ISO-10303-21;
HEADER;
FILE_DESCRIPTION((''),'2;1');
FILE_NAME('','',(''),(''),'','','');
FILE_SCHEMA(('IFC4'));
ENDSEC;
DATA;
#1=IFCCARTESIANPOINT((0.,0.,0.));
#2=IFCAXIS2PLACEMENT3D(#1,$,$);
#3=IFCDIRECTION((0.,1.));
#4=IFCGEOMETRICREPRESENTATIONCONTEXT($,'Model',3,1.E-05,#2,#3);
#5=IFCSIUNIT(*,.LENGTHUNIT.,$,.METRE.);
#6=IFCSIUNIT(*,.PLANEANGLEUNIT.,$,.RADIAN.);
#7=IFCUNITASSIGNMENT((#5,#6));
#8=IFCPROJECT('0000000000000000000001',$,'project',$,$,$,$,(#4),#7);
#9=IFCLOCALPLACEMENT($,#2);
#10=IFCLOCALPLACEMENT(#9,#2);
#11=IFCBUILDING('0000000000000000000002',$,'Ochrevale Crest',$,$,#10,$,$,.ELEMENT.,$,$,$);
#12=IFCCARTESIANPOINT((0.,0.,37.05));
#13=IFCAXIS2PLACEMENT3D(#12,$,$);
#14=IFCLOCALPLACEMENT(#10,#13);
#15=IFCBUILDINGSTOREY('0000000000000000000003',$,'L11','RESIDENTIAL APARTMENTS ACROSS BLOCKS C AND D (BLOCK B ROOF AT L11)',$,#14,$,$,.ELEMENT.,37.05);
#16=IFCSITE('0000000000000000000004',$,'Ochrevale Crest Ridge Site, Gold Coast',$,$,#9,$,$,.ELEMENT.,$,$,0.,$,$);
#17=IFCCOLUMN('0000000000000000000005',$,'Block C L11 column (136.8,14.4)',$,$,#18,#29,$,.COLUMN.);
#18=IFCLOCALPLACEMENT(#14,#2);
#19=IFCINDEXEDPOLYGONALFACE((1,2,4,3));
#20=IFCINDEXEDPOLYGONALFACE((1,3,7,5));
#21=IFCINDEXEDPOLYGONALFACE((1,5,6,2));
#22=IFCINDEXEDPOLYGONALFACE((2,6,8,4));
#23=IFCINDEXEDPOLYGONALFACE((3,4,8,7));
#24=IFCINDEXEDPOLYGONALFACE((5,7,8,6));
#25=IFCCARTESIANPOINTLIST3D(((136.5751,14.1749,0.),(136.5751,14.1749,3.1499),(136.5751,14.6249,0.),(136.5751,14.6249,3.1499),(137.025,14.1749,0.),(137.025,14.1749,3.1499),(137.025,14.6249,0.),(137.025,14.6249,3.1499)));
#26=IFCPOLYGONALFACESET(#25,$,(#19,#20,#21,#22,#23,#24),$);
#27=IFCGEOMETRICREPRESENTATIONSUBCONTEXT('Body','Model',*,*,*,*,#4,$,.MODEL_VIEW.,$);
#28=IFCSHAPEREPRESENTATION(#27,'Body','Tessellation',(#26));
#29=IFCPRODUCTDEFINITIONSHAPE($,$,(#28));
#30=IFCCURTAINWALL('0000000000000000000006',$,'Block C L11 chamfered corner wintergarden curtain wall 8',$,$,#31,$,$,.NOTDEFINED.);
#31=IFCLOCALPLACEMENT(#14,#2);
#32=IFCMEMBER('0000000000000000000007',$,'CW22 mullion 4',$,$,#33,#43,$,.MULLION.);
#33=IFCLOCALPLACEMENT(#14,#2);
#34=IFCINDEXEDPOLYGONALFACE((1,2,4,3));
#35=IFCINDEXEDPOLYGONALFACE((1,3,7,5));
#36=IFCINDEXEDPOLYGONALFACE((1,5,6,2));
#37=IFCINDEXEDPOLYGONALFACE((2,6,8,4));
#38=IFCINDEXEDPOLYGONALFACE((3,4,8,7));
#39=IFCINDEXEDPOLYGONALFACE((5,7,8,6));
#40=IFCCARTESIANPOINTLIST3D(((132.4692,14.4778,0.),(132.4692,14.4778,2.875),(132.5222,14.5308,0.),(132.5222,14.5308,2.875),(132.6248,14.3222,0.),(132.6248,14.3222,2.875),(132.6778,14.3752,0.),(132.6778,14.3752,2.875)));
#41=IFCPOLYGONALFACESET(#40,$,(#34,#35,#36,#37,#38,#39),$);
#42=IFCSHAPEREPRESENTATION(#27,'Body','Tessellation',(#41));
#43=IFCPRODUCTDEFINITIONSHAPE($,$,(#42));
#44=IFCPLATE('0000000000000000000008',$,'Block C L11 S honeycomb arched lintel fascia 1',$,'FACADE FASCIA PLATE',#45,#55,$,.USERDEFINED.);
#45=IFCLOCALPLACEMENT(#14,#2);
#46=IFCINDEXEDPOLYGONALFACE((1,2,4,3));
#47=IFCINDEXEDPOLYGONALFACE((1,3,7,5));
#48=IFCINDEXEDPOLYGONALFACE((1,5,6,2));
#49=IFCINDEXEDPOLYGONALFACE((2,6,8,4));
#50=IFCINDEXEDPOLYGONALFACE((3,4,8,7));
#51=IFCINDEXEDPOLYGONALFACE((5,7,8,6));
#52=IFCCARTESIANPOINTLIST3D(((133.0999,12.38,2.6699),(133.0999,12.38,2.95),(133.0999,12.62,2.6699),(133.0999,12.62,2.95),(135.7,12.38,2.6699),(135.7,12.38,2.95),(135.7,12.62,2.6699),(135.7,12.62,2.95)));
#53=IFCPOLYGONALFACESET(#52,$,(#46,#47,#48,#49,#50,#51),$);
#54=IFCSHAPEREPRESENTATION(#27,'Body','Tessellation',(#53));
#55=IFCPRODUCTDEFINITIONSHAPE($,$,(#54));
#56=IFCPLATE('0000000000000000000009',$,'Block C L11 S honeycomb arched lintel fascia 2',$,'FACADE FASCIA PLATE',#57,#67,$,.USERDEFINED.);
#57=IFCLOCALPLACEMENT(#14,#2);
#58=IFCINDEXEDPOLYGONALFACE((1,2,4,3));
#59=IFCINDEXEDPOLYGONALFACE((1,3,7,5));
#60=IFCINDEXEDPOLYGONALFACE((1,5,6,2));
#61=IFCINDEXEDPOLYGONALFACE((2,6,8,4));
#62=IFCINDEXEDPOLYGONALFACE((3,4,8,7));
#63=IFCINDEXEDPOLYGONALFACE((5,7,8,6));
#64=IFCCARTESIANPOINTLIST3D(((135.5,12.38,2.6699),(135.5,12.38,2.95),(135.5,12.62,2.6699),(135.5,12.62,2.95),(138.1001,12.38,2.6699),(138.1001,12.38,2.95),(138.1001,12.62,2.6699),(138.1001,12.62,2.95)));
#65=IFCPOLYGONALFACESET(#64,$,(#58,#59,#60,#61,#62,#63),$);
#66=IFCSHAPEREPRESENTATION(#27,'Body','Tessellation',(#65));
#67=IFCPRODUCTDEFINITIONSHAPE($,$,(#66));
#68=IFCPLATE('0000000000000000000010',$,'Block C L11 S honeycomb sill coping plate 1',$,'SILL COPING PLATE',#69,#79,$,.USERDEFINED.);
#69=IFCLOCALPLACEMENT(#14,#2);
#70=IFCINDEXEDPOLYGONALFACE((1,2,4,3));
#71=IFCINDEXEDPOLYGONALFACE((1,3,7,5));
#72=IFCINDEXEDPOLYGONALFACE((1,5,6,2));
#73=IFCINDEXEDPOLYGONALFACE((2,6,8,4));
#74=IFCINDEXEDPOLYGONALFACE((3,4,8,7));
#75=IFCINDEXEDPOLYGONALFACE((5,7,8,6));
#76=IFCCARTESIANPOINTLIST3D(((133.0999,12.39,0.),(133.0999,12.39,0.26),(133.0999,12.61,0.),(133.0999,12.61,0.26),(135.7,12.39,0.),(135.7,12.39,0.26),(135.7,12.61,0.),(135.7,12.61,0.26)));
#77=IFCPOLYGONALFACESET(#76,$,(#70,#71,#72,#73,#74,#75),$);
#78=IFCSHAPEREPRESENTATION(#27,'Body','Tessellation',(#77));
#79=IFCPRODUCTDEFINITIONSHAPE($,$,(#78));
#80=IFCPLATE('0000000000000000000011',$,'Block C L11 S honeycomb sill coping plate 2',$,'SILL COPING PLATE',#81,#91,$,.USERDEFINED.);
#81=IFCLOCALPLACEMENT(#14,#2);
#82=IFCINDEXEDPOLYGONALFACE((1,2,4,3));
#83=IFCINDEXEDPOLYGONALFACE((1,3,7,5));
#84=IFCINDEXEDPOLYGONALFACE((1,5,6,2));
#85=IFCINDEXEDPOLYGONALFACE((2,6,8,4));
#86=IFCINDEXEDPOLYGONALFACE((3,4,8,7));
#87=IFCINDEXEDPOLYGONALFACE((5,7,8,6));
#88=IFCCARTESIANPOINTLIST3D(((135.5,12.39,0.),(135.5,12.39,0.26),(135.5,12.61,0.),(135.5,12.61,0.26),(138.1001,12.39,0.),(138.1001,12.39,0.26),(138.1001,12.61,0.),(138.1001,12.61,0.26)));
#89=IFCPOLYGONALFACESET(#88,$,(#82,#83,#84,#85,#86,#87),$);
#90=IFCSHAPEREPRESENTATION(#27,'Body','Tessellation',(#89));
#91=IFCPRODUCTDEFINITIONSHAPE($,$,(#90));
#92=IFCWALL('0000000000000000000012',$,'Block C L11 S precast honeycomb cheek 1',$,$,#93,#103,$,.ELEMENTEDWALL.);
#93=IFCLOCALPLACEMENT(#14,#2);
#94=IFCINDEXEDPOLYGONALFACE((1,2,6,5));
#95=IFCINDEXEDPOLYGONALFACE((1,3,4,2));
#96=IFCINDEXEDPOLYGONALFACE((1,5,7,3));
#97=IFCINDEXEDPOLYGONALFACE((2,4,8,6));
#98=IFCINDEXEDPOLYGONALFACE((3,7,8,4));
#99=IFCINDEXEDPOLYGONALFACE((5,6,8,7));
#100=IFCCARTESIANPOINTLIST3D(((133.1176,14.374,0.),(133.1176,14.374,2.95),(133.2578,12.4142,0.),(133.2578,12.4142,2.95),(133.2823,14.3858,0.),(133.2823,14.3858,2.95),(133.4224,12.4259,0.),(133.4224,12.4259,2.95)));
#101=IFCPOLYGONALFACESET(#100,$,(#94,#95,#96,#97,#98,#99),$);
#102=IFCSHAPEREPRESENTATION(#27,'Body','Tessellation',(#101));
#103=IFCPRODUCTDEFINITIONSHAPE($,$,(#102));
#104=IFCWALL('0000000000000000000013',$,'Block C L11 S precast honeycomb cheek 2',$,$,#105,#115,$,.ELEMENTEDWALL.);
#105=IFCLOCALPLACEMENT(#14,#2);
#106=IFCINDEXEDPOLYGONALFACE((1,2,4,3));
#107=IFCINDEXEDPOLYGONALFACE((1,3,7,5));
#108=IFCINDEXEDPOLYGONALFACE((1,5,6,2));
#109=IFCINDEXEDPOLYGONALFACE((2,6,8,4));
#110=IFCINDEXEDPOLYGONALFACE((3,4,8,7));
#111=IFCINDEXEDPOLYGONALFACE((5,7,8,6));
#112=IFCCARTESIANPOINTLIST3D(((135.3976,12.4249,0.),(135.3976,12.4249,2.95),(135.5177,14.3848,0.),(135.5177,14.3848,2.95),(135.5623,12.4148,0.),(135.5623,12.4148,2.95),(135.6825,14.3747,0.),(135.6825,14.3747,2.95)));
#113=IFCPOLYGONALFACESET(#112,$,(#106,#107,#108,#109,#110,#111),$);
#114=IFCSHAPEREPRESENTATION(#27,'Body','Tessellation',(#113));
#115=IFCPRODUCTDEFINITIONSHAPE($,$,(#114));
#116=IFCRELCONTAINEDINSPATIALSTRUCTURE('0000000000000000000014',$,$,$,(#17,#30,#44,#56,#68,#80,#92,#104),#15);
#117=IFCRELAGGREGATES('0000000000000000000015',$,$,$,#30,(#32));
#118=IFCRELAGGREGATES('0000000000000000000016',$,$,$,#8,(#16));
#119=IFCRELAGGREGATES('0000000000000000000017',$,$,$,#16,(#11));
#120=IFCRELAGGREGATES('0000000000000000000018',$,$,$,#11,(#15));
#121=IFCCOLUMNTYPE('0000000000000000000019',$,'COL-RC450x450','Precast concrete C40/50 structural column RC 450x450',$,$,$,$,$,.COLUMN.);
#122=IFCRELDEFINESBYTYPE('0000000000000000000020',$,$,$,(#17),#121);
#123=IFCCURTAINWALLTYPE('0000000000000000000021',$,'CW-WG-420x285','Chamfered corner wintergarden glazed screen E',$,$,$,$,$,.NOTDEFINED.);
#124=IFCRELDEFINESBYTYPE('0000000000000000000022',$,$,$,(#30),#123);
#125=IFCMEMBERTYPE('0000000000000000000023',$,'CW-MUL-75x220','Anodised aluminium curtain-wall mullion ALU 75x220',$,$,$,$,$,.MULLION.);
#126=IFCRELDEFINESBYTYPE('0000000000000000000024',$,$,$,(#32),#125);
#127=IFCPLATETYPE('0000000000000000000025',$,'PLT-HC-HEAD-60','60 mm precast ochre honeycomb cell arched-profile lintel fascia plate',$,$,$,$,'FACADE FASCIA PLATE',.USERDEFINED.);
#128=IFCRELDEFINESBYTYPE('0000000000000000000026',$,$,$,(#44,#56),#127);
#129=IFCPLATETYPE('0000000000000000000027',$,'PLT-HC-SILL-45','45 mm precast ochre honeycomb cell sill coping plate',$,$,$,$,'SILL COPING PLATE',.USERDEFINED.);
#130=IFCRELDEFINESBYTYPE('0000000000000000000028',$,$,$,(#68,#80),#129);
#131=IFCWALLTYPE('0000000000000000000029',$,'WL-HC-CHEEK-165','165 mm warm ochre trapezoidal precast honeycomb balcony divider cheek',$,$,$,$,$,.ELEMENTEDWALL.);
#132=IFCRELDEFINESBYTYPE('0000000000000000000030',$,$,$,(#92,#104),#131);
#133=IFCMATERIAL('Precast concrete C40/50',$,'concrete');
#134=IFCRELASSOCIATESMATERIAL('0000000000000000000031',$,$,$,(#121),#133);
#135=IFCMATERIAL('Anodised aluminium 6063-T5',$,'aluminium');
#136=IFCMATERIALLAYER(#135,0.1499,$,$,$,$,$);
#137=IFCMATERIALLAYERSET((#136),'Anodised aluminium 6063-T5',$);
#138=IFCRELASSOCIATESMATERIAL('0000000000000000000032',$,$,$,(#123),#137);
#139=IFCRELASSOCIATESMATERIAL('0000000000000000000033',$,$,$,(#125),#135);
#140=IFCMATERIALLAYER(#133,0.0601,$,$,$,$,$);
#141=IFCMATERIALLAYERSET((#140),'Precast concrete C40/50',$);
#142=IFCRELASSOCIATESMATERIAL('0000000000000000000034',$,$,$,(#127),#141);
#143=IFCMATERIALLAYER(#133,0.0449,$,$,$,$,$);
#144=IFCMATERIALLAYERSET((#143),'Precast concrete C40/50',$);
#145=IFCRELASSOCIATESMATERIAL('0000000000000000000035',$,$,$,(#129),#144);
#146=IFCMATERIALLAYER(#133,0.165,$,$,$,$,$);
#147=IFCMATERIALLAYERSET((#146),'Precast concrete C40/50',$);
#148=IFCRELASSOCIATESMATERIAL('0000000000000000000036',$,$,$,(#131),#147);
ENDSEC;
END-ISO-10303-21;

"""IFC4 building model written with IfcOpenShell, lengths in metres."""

from ifc_helpers import new_model, si_unit, direction, frame, frame_2d, origin, origin_2d, place, context, subcontext, project, spatial, rectangle, extrude, material, layer, layer_set, material_profile, profile_set, type_object, element, aggregate, save


model = new_model("IFC4")

# Units and contexts
model_context = context("Model", 3, precision=1e-05, world=origin(), true_north=direction((0.0, 1.0)))
body_context = subcontext(model_context, "Body", "Model", "MODEL_VIEW")
ifc_project = project(units=[si_unit("LENGTHUNIT", "METRE"), si_unit("PLANEANGLEUNIT", "RADIAN")], contexts=[model_context])

# Site, building, storey
site_placement = place(None, origin())
site = spatial("IfcSite", under=ifc_project, at=site_placement, Name="Ochrevale Crest Ridge Site, Gold Coast", CompositionType="ELEMENT", RefElevation=0.0)
building_placement = place(site_placement, origin())
building = spatial("IfcBuilding", under=site, at=building_placement, Name="Ochrevale Crest", CompositionType="ELEMENT")
storey_placement = place(building_placement, frame((0.0, 0.0, 37.05)))
storey = spatial("IfcBuildingStorey", under=building, at=storey_placement, Name="L11", Description="RESIDENTIAL APARTMENTS ACROSS BLOCKS C AND D (BLOCK B ROOF AT L11)", CompositionType="ELEMENT", Elevation=37.05)

# Column
ifc_material_1 = material(Name="Precast concrete C40/50", Category="concrete")
ifc_material_profile_1 = material_profile(ifc_material_1, rectangle(XDim=0.45, YDim=0.45, at=origin_2d()), Name="RC 450x450")
ifc_profile_set_1 = profile_set([ifc_material_profile_1], Name="Precast concrete C40/50")
column_type = type_object("IfcColumnType", Name="COL-RC450x450", Description="Precast concrete C40/50 structural column RC 450x450", PredefinedType="COLUMN", material=ifc_profile_set_1)
column_placement = place(storey_placement, frame((136.8, 14.3999, 0.0), z_axis=(0.0, 0.0, 1.0), x_axis=(1.0, 0.0, 0.0)))
element("IfcColumn", 1, at=column_placement, inside=storey, type_object=column_type, Name="Block C L11 column (136.8,14.4)", PredefinedType="COLUMN", context=body_context, shape_type="SweptSolid", body=[
    extrude(rectangle(XDim=0.45, YDim=0.45, at=origin_2d()), origin(), (0.0, 0.0, 1.0), 3.1499),
])

# Curtain wall, member
ifc_material_2 = material(Name="Anodised aluminium 6063-T5", Category="aluminium")
ifc_layer_1 = layer(ifc_material_2, 0.1499)
ifc_layer_set_1 = layer_set([ifc_layer_1], Name="Anodised aluminium 6063-T5")
curtain_wall_type = type_object("IfcCurtainWallType", Name="CW-WG-420x285", Description="Chamfered corner wintergarden glazed screen E", PredefinedType="NOTDEFINED", material=ifc_layer_set_1)
curtain_wall_placement = place(storey_placement, origin())
curtain_wall = element("IfcCurtainWall", 2, at=curtain_wall_placement, inside=storey, type_object=curtain_wall_type, Name="Block C L11 chamfered corner wintergarden curtain wall 8", PredefinedType="NOTDEFINED")
ifc_material_profile_2 = material_profile(ifc_material_2, rectangle(XDim=0.075, YDim=0.22, at=origin_2d()), Name="ALU 75x220")
ifc_profile_set_2 = profile_set([ifc_material_profile_2], Name="Anodised aluminium 6063-T5")
member_type = type_object("IfcMemberType", Name="CW-MUL-75x220", Description="Anodised aluminium curtain-wall mullion ALU 75x220", PredefinedType="MULLION", material=ifc_profile_set_2)
member_placement = place(storey_placement, frame((132.5735, 14.4265, 0.0), z_axis=(0.0, 0.0, 1.0), x_axis=(0.707107, 0.707107, 0.0)))
member = element("IfcMember", 3, at=member_placement, type_object=member_type, Name="CW22 mullion 4", PredefinedType="MULLION", context=body_context, shape_type="SweptSolid", body=[
    extrude(rectangle(XDim=0.075, YDim=0.22, at=origin_2d()), origin(), (0.0, 0.0, 1.0), 2.875),
])
aggregate(curtain_wall, [member])

# Plates
ifc_layer_2 = layer(ifc_material_1, 0.0601)
ifc_layer_set_2 = layer_set([ifc_layer_2], Name="Precast concrete C40/50")
plate_type_1 = type_object("IfcPlateType", Name="PLT-HC-HEAD-60", Description="60 mm precast ochre honeycomb cell arched-profile lintel fascia plate", ElementType="FACADE FASCIA PLATE", PredefinedType="USERDEFINED", material=ifc_layer_set_2)
for number, where, z_axis, x_axis, name in (
    (4, (134.3999, 12.5, 2.6699), (0.0, 0.0, 1.0), (1.0, 0.0, 0.0), "Block C L11 S honeycomb arched lintel fascia 1"),
    (5, (136.8, 12.5, 2.6699), (0.0, 0.0, 1.0), (1.0, 0.0, 0.0), "Block C L11 S honeycomb arched lintel fascia 2"),
):
    element("IfcPlate", number, at=place(storey_placement, frame(where, z_axis=z_axis, x_axis=x_axis)), inside=storey, type_object=plate_type_1, Name=name, ObjectType="FACADE FASCIA PLATE", PredefinedType="USERDEFINED", context=body_context, shape_type="SweptSolid", body=[
        extrude(rectangle(XDim=2.6001, YDim=0.24, at=origin_2d()), origin(), (0.0, 0.0, 1.0), 0.28),
    ])
ifc_layer_3 = layer(ifc_material_1, 0.0449)
ifc_layer_set_3 = layer_set([ifc_layer_3], Name="Precast concrete C40/50")
plate_type_2 = type_object("IfcPlateType", Name="PLT-HC-SILL-45", Description="45 mm precast ochre honeycomb cell sill coping plate", ElementType="SILL COPING PLATE", PredefinedType="USERDEFINED", material=ifc_layer_set_3)
for number, where, z_axis, x_axis, name in (
    (6, (134.3999, 12.5, 0.0), (0.0, 0.0, 1.0), (1.0, 0.0, 0.0), "Block C L11 S honeycomb sill coping plate 1"),
    (7, (136.8, 12.5, 0.0), (0.0, 0.0, 1.0), (1.0, 0.0, 0.0), "Block C L11 S honeycomb sill coping plate 2"),
):
    element("IfcPlate", number, at=place(storey_placement, frame(where, z_axis=z_axis, x_axis=x_axis)), inside=storey, type_object=plate_type_2, Name=name, ObjectType="SILL COPING PLATE", PredefinedType="USERDEFINED", context=body_context, shape_type="SweptSolid", body=[
        extrude(rectangle(XDim=2.6001, YDim=0.22, at=origin_2d()), origin(), (0.0, 0.0, 1.0), 0.26),
    ])

# Walls
ifc_layer_4 = layer(ifc_material_1, 0.165)
ifc_layer_set_4 = layer_set([ifc_layer_4], Name="Precast concrete C40/50")
wall_type = type_object("IfcWallType", Name="WL-HC-CHEEK-165", Description="165 mm warm ochre trapezoidal precast honeycomb balcony divider cheek", PredefinedType="ELEMENTEDWALL", material=ifc_layer_set_4)
wall_1_placement = place(storey_placement, frame((133.2, 14.3799, 0.0), z_axis=(0.0, 0.0, 1.0), x_axis=(0.071318, -0.997454, 0.0)))
element("IfcWall", 8, at=wall_1_placement, inside=storey, type_object=wall_type, Name="Block C L11 S precast honeycomb cheek 1", PredefinedType="ELEMENTEDWALL", context=body_context, shape_type="SweptSolid", body=[
    extrude(rectangle(XDim=1.9648, YDim=0.165, at=frame_2d((0.9824, 0.0))), origin(), (0.0, 0.0, 1.0), 2.95),
])
wall_2_placement = place(storey_placement, frame((135.6001, 14.3799, 0.0), z_axis=(0.0, 0.0, 1.0), x_axis=(-0.061171, -0.998127, 0.0)))
element("IfcWall", 9, at=wall_2_placement, inside=storey, type_object=wall_type, Name="Block C L11 S precast honeycomb cheek 2", PredefinedType="ELEMENTEDWALL", context=body_context, shape_type="SweptSolid", body=[
    extrude(rectangle(XDim=1.9636, YDim=0.165, at=frame_2d((0.9819, 0.0))), origin(), (0.0, 0.0, 1.0), 2.95),
])

save(model, "model.ifc")
